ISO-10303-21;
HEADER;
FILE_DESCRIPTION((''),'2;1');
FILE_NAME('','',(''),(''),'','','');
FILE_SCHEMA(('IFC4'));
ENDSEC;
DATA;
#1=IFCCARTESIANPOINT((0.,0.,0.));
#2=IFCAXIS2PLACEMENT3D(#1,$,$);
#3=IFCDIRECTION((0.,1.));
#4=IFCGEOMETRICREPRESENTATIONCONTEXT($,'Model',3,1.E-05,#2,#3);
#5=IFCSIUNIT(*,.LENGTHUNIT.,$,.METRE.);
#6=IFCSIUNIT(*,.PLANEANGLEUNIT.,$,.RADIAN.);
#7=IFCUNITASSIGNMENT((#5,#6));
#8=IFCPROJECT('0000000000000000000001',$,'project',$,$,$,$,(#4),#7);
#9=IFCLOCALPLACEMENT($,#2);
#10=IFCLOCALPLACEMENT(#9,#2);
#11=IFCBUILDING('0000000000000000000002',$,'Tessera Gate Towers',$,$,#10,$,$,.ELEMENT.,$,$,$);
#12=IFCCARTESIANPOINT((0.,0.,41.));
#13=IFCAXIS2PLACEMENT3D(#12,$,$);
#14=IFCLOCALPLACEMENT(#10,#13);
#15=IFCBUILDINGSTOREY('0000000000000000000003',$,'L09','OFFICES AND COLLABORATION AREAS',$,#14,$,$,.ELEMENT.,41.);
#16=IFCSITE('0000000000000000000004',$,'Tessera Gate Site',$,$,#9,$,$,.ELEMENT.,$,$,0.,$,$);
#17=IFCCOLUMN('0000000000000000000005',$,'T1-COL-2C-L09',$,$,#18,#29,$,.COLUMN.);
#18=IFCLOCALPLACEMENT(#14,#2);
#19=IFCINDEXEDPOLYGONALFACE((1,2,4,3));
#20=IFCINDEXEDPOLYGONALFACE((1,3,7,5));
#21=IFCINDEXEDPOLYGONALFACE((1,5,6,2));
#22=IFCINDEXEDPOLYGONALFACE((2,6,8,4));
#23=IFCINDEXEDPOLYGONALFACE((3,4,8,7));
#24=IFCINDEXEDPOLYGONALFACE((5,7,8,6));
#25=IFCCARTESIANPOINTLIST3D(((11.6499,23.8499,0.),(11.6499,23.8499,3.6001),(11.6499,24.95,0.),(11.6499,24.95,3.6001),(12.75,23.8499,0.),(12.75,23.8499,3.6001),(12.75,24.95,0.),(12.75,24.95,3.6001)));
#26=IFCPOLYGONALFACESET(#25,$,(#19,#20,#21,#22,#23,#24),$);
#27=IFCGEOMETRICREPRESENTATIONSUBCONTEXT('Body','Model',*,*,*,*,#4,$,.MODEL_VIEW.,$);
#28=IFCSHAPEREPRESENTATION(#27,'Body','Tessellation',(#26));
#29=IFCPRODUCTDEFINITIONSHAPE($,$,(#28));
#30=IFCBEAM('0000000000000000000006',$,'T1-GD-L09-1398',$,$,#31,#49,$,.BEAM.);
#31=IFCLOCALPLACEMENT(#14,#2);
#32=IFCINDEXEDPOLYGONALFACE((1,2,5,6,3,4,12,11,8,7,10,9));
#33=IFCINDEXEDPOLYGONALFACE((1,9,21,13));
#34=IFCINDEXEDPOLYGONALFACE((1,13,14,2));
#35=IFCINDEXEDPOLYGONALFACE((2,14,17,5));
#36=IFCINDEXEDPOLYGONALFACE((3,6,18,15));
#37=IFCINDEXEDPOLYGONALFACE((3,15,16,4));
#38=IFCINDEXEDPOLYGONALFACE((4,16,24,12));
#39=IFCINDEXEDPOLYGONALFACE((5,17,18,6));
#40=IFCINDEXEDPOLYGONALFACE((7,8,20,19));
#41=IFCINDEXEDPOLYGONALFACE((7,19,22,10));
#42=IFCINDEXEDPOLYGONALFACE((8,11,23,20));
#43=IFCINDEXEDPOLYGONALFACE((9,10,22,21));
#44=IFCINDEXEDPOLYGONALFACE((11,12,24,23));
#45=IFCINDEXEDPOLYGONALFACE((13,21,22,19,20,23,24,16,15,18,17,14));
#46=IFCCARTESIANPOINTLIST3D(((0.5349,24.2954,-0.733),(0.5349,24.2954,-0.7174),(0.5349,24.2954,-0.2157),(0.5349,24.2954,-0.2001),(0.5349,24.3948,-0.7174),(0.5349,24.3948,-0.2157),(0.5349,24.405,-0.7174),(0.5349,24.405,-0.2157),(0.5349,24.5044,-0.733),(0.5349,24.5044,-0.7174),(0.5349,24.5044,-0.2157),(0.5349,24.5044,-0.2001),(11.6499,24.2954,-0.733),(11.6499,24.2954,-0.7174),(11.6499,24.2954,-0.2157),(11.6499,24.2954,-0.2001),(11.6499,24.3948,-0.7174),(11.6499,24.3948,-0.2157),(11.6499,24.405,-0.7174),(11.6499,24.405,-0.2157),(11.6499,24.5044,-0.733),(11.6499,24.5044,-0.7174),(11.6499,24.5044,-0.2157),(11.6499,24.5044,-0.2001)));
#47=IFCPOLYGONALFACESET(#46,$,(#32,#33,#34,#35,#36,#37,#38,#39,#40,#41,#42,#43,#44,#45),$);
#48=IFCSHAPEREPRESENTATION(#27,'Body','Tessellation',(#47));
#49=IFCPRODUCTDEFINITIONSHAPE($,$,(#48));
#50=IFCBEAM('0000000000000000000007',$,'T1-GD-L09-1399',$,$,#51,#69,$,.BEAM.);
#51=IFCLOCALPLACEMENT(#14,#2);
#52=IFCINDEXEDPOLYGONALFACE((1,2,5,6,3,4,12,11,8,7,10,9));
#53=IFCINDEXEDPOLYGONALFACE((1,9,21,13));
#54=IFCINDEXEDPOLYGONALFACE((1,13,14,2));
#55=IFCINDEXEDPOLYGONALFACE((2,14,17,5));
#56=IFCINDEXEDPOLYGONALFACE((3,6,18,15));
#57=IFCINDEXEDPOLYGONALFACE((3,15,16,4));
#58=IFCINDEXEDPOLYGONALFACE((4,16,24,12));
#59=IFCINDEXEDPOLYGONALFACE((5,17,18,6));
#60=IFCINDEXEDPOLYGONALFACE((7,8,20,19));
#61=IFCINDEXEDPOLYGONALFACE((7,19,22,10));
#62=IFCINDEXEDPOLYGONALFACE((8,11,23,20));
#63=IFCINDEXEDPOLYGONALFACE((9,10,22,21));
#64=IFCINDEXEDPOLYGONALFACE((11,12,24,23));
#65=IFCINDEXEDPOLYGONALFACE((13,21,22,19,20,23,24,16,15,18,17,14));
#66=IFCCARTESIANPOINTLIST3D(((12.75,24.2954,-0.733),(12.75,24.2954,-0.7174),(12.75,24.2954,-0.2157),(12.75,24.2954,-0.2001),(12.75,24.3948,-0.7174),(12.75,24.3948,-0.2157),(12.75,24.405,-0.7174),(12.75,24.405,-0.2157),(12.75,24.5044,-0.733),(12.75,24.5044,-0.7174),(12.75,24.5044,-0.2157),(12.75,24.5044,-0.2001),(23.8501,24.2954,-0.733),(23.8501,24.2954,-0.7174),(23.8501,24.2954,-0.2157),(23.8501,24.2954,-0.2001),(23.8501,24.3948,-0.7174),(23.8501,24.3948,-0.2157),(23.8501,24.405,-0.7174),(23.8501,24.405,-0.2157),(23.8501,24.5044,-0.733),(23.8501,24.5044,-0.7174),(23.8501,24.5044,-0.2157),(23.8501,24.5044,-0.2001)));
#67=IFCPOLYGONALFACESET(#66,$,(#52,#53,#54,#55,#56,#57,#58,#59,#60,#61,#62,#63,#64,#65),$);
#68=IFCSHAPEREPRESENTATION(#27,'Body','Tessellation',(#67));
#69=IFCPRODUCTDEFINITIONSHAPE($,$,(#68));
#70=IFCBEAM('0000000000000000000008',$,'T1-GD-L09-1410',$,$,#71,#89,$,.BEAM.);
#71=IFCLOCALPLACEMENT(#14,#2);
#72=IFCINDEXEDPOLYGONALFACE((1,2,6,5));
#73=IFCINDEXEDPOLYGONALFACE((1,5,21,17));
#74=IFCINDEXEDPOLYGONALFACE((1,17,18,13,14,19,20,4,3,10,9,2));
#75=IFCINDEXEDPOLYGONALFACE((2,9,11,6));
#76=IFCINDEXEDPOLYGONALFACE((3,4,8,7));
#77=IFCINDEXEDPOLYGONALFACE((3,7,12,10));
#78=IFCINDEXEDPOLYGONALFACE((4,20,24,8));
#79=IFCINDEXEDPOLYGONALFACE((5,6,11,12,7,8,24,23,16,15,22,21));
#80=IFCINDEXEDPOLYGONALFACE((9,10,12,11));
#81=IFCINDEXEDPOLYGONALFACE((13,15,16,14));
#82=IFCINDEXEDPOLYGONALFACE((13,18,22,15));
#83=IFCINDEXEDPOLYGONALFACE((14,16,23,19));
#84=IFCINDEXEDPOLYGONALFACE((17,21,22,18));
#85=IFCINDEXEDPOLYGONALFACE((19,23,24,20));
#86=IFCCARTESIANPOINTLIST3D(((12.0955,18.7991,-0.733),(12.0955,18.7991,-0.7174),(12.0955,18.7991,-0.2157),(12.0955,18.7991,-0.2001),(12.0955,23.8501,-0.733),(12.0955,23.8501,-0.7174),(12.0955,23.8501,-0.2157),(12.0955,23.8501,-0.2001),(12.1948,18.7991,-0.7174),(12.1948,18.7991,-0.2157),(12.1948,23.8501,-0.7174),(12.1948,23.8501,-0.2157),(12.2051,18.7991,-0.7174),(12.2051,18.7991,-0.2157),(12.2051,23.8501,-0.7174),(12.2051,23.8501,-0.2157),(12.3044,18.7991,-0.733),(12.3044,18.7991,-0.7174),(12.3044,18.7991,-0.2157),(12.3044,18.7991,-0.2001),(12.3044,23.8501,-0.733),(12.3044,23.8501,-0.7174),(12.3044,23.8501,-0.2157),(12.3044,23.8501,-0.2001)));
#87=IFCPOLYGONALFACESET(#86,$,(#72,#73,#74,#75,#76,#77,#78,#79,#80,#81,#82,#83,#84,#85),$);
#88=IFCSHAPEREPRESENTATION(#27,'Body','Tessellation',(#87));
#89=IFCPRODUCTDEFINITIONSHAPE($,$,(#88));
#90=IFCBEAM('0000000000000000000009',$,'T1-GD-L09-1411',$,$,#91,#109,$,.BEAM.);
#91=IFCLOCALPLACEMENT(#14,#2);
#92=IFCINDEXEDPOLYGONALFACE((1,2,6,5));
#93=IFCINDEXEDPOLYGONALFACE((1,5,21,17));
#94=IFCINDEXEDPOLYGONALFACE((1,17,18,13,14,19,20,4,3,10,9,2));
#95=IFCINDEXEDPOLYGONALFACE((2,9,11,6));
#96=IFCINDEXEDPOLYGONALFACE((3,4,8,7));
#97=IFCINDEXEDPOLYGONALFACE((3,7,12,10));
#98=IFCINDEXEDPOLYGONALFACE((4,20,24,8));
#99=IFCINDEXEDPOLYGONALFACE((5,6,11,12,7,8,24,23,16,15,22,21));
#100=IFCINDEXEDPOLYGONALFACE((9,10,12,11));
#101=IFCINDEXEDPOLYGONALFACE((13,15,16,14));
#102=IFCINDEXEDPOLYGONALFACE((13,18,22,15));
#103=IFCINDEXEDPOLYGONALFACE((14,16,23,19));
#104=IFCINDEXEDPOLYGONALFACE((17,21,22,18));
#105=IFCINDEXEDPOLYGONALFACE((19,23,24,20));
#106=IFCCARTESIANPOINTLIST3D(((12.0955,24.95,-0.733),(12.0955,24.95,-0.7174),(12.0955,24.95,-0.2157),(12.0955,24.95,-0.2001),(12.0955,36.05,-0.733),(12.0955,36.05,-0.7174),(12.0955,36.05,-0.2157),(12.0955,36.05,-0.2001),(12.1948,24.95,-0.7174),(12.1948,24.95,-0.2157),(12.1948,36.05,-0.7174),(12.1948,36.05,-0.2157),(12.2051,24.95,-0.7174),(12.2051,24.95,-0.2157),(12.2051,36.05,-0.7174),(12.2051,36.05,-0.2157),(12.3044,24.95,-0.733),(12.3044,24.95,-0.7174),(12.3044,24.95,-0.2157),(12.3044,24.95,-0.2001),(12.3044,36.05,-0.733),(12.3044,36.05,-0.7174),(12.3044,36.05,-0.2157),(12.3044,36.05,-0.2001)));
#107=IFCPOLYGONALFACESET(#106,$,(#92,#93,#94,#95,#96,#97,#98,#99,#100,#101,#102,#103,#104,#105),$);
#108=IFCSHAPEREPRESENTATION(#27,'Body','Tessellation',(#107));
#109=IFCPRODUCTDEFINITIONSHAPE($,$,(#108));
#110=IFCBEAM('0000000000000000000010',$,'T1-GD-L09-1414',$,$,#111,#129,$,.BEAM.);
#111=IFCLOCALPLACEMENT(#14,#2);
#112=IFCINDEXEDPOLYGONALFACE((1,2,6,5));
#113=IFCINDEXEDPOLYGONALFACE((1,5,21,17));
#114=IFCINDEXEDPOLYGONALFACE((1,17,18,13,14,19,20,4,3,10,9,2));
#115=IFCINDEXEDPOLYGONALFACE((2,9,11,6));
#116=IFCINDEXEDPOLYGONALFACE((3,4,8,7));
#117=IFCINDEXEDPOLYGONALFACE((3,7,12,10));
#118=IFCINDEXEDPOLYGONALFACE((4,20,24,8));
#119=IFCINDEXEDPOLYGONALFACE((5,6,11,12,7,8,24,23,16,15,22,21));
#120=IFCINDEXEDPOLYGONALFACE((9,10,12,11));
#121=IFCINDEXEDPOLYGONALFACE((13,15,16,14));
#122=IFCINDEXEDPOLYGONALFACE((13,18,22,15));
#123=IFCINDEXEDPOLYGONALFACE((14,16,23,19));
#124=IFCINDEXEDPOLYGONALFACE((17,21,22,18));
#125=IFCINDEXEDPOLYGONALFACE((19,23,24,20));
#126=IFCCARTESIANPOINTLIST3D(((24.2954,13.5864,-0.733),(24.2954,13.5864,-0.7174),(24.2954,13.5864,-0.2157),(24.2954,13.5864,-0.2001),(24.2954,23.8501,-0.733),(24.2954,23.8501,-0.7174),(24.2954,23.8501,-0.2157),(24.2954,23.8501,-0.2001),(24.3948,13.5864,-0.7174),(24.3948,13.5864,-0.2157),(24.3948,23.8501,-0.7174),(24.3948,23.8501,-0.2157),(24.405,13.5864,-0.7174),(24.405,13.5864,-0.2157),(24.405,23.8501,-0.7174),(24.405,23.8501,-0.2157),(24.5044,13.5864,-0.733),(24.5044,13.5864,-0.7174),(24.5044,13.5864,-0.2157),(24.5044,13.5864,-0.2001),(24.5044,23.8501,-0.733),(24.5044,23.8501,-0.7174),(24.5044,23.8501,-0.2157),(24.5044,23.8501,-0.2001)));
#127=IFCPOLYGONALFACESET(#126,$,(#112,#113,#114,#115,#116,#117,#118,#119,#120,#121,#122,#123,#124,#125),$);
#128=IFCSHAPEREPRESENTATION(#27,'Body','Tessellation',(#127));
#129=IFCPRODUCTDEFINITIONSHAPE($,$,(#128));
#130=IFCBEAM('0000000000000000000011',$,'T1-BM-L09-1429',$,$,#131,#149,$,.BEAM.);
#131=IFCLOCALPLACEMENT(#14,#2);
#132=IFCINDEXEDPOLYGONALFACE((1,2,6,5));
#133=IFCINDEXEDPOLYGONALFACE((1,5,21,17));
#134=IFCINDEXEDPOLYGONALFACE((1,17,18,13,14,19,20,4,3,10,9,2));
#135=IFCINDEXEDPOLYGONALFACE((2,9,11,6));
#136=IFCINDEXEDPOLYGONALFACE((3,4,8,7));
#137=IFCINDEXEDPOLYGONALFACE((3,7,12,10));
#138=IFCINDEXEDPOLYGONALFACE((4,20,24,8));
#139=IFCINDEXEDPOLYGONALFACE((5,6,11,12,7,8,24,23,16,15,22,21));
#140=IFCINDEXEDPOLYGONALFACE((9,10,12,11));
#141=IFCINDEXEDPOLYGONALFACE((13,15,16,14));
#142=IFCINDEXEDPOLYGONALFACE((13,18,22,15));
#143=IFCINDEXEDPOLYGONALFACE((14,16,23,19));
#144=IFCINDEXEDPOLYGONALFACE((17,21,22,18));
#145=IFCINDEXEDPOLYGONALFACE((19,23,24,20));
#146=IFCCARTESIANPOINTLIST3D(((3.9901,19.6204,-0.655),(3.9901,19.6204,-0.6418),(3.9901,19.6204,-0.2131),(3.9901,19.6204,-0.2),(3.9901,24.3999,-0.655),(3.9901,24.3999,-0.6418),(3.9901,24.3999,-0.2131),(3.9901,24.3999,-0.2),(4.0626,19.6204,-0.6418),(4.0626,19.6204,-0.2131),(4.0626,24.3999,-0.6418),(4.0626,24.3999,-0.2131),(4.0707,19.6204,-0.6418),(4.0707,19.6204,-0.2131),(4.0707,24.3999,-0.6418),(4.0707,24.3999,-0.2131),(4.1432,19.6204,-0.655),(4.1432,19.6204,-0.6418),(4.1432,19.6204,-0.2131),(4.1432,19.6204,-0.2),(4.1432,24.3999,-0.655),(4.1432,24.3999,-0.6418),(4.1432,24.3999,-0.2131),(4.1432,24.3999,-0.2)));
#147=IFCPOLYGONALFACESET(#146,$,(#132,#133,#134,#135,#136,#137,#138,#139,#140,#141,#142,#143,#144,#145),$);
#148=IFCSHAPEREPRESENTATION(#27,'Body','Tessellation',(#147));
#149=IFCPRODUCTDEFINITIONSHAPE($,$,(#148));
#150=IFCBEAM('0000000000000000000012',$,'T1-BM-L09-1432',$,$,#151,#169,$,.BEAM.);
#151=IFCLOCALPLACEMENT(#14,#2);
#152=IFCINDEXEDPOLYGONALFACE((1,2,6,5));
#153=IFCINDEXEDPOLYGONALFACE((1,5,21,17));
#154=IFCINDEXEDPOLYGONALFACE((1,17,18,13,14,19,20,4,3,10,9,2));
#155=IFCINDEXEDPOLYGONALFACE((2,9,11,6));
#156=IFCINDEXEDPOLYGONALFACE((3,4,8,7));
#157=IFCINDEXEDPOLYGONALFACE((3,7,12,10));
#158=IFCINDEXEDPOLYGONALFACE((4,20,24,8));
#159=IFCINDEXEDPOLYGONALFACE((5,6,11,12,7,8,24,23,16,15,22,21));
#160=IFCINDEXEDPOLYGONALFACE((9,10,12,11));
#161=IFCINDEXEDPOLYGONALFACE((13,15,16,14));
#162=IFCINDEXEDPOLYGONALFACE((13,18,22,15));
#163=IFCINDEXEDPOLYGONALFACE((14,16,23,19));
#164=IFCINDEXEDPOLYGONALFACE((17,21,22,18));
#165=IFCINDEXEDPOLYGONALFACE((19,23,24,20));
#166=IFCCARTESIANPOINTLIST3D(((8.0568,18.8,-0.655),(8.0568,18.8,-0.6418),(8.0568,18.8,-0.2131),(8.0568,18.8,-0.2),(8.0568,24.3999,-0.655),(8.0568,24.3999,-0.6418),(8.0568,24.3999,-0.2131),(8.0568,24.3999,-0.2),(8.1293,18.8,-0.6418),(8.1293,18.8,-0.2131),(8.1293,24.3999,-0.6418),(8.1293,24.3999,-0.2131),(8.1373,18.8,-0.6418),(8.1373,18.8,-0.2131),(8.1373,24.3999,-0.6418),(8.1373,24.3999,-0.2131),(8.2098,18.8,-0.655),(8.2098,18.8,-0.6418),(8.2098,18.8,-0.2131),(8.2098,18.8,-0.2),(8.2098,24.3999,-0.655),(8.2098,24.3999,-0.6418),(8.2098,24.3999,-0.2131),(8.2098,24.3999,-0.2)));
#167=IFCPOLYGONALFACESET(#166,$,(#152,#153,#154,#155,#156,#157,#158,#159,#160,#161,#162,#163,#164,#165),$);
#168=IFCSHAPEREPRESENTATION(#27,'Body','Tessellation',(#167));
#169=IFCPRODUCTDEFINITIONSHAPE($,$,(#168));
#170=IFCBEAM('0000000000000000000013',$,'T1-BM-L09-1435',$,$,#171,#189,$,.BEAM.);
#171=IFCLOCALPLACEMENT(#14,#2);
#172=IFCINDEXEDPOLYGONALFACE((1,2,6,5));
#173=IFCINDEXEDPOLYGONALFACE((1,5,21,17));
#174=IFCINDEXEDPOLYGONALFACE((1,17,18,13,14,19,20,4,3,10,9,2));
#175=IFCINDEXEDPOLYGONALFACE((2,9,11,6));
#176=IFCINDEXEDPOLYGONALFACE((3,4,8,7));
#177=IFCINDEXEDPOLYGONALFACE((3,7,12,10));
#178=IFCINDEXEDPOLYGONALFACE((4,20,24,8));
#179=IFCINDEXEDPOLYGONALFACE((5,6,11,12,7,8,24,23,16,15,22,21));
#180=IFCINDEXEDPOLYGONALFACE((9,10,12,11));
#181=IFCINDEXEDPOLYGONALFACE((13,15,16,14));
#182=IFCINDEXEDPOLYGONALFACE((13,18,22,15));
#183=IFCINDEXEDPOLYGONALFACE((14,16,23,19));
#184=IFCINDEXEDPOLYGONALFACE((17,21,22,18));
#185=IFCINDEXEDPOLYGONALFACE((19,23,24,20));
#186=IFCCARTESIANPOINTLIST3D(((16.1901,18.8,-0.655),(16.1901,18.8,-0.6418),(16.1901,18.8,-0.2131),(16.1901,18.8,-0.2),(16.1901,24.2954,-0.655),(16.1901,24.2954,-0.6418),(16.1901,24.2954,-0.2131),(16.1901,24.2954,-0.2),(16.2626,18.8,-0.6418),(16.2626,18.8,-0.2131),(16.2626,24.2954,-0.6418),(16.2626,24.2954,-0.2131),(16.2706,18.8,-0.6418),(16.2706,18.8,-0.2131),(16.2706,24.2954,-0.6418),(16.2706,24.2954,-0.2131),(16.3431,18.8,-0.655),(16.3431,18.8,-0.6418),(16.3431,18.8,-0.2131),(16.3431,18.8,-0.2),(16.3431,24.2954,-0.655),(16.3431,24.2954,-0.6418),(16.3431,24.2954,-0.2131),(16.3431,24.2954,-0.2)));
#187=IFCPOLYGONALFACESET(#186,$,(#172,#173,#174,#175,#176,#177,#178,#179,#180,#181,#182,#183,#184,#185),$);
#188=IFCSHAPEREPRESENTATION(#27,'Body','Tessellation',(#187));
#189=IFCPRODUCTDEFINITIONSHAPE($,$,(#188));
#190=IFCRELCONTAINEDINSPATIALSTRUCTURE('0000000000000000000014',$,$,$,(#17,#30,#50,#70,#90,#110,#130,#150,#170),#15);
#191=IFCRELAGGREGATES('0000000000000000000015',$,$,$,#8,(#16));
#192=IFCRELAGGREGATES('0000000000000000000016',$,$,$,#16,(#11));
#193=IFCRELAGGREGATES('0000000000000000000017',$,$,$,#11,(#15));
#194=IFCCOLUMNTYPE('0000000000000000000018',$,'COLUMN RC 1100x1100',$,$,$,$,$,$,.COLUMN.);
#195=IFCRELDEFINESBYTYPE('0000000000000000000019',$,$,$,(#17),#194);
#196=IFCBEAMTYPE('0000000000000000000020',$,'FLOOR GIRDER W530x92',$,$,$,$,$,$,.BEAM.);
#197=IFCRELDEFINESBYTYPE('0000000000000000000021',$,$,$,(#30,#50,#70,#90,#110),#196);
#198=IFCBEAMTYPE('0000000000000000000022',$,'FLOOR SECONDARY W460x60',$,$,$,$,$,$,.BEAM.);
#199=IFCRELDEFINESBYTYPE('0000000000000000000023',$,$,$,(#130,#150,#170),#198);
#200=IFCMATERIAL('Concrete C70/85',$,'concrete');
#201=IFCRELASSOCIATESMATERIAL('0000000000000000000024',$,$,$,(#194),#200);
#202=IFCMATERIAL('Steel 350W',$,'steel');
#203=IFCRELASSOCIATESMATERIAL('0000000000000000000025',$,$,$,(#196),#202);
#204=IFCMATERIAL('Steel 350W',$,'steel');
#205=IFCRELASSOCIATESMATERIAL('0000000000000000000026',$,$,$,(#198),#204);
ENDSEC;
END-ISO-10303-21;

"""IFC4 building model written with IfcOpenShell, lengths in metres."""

from ifc_helpers import new_model, si_unit, direction, frame, origin, origin_2d, place, context, subcontext, project, spatial, rectangle, i_section, extrude, material, material_profile, profile_set, type_object, element, save


model = new_model("IFC4")

# Units and contexts
model_context = context("Model", 3, precision=1e-05, world=origin(), true_north=direction((0.0, 1.0)))
body_context = subcontext(model_context, "Body", "Model", "MODEL_VIEW")
ifc_project = project(units=[si_unit("LENGTHUNIT", "METRE"), si_unit("PLANEANGLEUNIT", "RADIAN")], contexts=[model_context])

# Site, building, storey
site_placement = place(None, origin())
site = spatial("IfcSite", under=ifc_project, at=site_placement, Name="Tessera Gate Site", CompositionType="ELEMENT", RefElevation=0.0)
building_placement = place(site_placement, origin())
building = spatial("IfcBuilding", under=site, at=building_placement, Name="Tessera Gate Towers", CompositionType="ELEMENT")
storey_placement = place(building_placement, frame((0.0, 0.0, 41.0)))
storey = spatial("IfcBuildingStorey", under=building, at=storey_placement, Name="L09", Description="OFFICES AND COLLABORATION AREAS", CompositionType="ELEMENT", Elevation=41.0)

# Column
ifc_material_1 = material(Name="Concrete C70/85", Category="concrete")
ifc_material_profile_1 = material_profile(ifc_material_1, rectangle(XDim=1.1001, YDim=1.1001, at=origin_2d()), Name="RC 1100x1100")
ifc_profile_set_1 = profile_set([ifc_material_profile_1], Name="Concrete C70/85")
column_type = type_object("IfcColumnType", Name="COLUMN RC 1100x1100", PredefinedType="COLUMN", material=ifc_profile_set_1)
column_placement = place(storey_placement, frame((12.2, 24.3999, 0.0), z_axis=(0.0, 0.0, 1.0), x_axis=(1.0, 0.0, 0.0)))
element("IfcColumn", 1, at=column_placement, inside=storey, type_object=column_type, Name="T1-COL-2C-L09", PredefinedType="COLUMN", context=body_context, shape_type="SweptSolid", body=[
    extrude(rectangle(XDim=1.1001, YDim=1.1001, at=origin_2d()), origin(), (0.0, 0.0, 1.0), 3.6001),
])

# Beams
ifc_material_2 = material(Name="Steel 350W", Category="steel")
ifc_material_profile_2 = material_profile(ifc_material_2, i_section(OverallWidth=0.209, OverallDepth=0.533, WebThickness=0.0103, FlangeThickness=0.0156, at=origin_2d()), Name="W530x92")
ifc_profile_set_2 = profile_set([ifc_material_profile_2], Name="Steel 350W")
beam_type_1 = type_object("IfcBeamType", Name="FLOOR GIRDER W530x92", PredefinedType="BEAM", material=ifc_profile_set_2)
beam_1_placement = place(storey_placement, frame((0.5349, 24.3999, -0.4666), z_axis=(1.0, 0.0, 0.0), x_axis=(0.0, 1.0, 0.0)))
element("IfcBeam", 2, at=beam_1_placement, inside=storey, type_object=beam_type_1, Name="T1-GD-L09-1398", PredefinedType="BEAM", context=body_context, shape_type="SweptSolid", body=[
    extrude(i_section(OverallWidth=0.209, OverallDepth=0.533, WebThickness=0.0103, FlangeThickness=0.0156, at=origin_2d()), origin(), (0.0, 0.0, 1.0), 11.115),
])
beam_2_placement = place(storey_placement, frame((12.75, 24.3999, -0.4666), z_axis=(1.0, 0.0, 0.0), x_axis=(0.0, 1.0, 0.0)))
element("IfcBeam", 3, at=beam_2_placement, inside=storey, type_object=beam_type_1, Name="T1-GD-L09-1399", PredefinedType="BEAM", context=body_context, shape_type="SweptSolid", body=[
    extrude(i_section(OverallWidth=0.209, OverallDepth=0.533, WebThickness=0.0103, FlangeThickness=0.0156, at=origin_2d()), origin(), (0.0, 0.0, 1.0), 11.1001),
])
beam_3_placement = place(storey_placement, frame((12.2, 18.7991, -0.4666), z_axis=(0.0, 1.0, 0.0), x_axis=(-1.0, 0.0, 0.0)))
element("IfcBeam", 4, at=beam_3_placement, inside=storey, type_object=beam_type_1, Name="T1-GD-L09-1410", PredefinedType="BEAM", context=body_context, shape_type="SweptSolid", body=[
    extrude(i_section(OverallWidth=0.209, OverallDepth=0.533, WebThickness=0.0103, FlangeThickness=0.0156, at=origin_2d()), origin(), (0.0, 0.0, 1.0), 5.051),
])
beam_4_placement = place(storey_placement, frame((12.2, 24.95, -0.4666), z_axis=(0.0, 1.0, 0.0), x_axis=(-1.0, 0.0, 0.0)))
element("IfcBeam", 5, at=beam_4_placement, inside=storey, type_object=beam_type_1, Name="T1-GD-L09-1411", PredefinedType="BEAM", context=body_context, shape_type="SweptSolid", body=[
    extrude(i_section(OverallWidth=0.209, OverallDepth=0.533, WebThickness=0.0103, FlangeThickness=0.0156, at=origin_2d()), origin(), (0.0, 0.0, 1.0), 11.1001),
])
beam_5_placement = place(storey_placement, frame((24.3999, 13.5864, -0.4666), z_axis=(0.0, 1.0, 0.0), x_axis=(-1.0, 0.0, 0.0)))
element("IfcBeam", 6, at=beam_5_placement, inside=storey, type_object=beam_type_1, Name="T1-GD-L09-1414", PredefinedType="BEAM", context=body_context, shape_type="SweptSolid", body=[
    extrude(i_section(OverallWidth=0.209, OverallDepth=0.533, WebThickness=0.0103, FlangeThickness=0.0156, at=origin_2d()), origin(), (0.0, 0.0, 1.0), 10.2637),
])
ifc_material_3 = material(Name="Steel 350W", Category="steel")
ifc_material_profile_3 = material_profile(ifc_material_3, i_section(OverallWidth=0.1531, OverallDepth=0.4551, WebThickness=0.0081, FlangeThickness=0.0132, at=origin_2d()), Name="W460x60")
ifc_profile_set_3 = profile_set([ifc_material_profile_3], Name="Steel 350W")
beam_type_2 = type_object("IfcBeamType", Name="FLOOR SECONDARY W460x60", PredefinedType="BEAM", material=ifc_profile_set_3)
beam_6_placement = place(storey_placement, frame((4.0667, 19.6204, -0.4275), z_axis=(0.0, 1.0, 0.0), x_axis=(-1.0, 0.0, 0.0)))
element("IfcBeam", 7, at=beam_6_placement, inside=storey, type_object=beam_type_2, Name="T1-BM-L09-1429", PredefinedType="BEAM", context=body_context, shape_type="SweptSolid", body=[
    extrude(i_section(OverallWidth=0.1531, OverallDepth=0.4551, WebThickness=0.0081, FlangeThickness=0.0132, at=origin_2d()), origin(), (0.0, 0.0, 1.0), 4.7795),
])
beam_7_placement = place(storey_placement, frame((8.1333, 18.8, -0.4275), z_axis=(0.0, 1.0, 0.0), x_axis=(-1.0, 0.0, 0.0)))
element("IfcBeam", 8, at=beam_7_placement, inside=storey, type_object=beam_type_2, Name="T1-BM-L09-1432", PredefinedType="BEAM", context=body_context, shape_type="SweptSolid", body=[
    extrude(i_section(OverallWidth=0.1531, OverallDepth=0.4551, WebThickness=0.0081, FlangeThickness=0.0132, at=origin_2d()), origin(), (0.0, 0.0, 1.0), 5.5999),
])
beam_8_placement = place(storey_placement, frame((16.2666, 18.8, -0.4275), z_axis=(0.0, 1.0, 0.0), x_axis=(-1.0, 0.0, 0.0)))
element("IfcBeam", 9, at=beam_8_placement, inside=storey, type_object=beam_type_2, Name="T1-BM-L09-1435", PredefinedType="BEAM", context=body_context, shape_type="SweptSolid", body=[
    extrude(i_section(OverallWidth=0.1531, OverallDepth=0.4551, WebThickness=0.0081, FlangeThickness=0.0132, at=origin_2d()), origin(), (0.0, 0.0, 1.0), 5.4954),
])

save(model, "model.ifc")
